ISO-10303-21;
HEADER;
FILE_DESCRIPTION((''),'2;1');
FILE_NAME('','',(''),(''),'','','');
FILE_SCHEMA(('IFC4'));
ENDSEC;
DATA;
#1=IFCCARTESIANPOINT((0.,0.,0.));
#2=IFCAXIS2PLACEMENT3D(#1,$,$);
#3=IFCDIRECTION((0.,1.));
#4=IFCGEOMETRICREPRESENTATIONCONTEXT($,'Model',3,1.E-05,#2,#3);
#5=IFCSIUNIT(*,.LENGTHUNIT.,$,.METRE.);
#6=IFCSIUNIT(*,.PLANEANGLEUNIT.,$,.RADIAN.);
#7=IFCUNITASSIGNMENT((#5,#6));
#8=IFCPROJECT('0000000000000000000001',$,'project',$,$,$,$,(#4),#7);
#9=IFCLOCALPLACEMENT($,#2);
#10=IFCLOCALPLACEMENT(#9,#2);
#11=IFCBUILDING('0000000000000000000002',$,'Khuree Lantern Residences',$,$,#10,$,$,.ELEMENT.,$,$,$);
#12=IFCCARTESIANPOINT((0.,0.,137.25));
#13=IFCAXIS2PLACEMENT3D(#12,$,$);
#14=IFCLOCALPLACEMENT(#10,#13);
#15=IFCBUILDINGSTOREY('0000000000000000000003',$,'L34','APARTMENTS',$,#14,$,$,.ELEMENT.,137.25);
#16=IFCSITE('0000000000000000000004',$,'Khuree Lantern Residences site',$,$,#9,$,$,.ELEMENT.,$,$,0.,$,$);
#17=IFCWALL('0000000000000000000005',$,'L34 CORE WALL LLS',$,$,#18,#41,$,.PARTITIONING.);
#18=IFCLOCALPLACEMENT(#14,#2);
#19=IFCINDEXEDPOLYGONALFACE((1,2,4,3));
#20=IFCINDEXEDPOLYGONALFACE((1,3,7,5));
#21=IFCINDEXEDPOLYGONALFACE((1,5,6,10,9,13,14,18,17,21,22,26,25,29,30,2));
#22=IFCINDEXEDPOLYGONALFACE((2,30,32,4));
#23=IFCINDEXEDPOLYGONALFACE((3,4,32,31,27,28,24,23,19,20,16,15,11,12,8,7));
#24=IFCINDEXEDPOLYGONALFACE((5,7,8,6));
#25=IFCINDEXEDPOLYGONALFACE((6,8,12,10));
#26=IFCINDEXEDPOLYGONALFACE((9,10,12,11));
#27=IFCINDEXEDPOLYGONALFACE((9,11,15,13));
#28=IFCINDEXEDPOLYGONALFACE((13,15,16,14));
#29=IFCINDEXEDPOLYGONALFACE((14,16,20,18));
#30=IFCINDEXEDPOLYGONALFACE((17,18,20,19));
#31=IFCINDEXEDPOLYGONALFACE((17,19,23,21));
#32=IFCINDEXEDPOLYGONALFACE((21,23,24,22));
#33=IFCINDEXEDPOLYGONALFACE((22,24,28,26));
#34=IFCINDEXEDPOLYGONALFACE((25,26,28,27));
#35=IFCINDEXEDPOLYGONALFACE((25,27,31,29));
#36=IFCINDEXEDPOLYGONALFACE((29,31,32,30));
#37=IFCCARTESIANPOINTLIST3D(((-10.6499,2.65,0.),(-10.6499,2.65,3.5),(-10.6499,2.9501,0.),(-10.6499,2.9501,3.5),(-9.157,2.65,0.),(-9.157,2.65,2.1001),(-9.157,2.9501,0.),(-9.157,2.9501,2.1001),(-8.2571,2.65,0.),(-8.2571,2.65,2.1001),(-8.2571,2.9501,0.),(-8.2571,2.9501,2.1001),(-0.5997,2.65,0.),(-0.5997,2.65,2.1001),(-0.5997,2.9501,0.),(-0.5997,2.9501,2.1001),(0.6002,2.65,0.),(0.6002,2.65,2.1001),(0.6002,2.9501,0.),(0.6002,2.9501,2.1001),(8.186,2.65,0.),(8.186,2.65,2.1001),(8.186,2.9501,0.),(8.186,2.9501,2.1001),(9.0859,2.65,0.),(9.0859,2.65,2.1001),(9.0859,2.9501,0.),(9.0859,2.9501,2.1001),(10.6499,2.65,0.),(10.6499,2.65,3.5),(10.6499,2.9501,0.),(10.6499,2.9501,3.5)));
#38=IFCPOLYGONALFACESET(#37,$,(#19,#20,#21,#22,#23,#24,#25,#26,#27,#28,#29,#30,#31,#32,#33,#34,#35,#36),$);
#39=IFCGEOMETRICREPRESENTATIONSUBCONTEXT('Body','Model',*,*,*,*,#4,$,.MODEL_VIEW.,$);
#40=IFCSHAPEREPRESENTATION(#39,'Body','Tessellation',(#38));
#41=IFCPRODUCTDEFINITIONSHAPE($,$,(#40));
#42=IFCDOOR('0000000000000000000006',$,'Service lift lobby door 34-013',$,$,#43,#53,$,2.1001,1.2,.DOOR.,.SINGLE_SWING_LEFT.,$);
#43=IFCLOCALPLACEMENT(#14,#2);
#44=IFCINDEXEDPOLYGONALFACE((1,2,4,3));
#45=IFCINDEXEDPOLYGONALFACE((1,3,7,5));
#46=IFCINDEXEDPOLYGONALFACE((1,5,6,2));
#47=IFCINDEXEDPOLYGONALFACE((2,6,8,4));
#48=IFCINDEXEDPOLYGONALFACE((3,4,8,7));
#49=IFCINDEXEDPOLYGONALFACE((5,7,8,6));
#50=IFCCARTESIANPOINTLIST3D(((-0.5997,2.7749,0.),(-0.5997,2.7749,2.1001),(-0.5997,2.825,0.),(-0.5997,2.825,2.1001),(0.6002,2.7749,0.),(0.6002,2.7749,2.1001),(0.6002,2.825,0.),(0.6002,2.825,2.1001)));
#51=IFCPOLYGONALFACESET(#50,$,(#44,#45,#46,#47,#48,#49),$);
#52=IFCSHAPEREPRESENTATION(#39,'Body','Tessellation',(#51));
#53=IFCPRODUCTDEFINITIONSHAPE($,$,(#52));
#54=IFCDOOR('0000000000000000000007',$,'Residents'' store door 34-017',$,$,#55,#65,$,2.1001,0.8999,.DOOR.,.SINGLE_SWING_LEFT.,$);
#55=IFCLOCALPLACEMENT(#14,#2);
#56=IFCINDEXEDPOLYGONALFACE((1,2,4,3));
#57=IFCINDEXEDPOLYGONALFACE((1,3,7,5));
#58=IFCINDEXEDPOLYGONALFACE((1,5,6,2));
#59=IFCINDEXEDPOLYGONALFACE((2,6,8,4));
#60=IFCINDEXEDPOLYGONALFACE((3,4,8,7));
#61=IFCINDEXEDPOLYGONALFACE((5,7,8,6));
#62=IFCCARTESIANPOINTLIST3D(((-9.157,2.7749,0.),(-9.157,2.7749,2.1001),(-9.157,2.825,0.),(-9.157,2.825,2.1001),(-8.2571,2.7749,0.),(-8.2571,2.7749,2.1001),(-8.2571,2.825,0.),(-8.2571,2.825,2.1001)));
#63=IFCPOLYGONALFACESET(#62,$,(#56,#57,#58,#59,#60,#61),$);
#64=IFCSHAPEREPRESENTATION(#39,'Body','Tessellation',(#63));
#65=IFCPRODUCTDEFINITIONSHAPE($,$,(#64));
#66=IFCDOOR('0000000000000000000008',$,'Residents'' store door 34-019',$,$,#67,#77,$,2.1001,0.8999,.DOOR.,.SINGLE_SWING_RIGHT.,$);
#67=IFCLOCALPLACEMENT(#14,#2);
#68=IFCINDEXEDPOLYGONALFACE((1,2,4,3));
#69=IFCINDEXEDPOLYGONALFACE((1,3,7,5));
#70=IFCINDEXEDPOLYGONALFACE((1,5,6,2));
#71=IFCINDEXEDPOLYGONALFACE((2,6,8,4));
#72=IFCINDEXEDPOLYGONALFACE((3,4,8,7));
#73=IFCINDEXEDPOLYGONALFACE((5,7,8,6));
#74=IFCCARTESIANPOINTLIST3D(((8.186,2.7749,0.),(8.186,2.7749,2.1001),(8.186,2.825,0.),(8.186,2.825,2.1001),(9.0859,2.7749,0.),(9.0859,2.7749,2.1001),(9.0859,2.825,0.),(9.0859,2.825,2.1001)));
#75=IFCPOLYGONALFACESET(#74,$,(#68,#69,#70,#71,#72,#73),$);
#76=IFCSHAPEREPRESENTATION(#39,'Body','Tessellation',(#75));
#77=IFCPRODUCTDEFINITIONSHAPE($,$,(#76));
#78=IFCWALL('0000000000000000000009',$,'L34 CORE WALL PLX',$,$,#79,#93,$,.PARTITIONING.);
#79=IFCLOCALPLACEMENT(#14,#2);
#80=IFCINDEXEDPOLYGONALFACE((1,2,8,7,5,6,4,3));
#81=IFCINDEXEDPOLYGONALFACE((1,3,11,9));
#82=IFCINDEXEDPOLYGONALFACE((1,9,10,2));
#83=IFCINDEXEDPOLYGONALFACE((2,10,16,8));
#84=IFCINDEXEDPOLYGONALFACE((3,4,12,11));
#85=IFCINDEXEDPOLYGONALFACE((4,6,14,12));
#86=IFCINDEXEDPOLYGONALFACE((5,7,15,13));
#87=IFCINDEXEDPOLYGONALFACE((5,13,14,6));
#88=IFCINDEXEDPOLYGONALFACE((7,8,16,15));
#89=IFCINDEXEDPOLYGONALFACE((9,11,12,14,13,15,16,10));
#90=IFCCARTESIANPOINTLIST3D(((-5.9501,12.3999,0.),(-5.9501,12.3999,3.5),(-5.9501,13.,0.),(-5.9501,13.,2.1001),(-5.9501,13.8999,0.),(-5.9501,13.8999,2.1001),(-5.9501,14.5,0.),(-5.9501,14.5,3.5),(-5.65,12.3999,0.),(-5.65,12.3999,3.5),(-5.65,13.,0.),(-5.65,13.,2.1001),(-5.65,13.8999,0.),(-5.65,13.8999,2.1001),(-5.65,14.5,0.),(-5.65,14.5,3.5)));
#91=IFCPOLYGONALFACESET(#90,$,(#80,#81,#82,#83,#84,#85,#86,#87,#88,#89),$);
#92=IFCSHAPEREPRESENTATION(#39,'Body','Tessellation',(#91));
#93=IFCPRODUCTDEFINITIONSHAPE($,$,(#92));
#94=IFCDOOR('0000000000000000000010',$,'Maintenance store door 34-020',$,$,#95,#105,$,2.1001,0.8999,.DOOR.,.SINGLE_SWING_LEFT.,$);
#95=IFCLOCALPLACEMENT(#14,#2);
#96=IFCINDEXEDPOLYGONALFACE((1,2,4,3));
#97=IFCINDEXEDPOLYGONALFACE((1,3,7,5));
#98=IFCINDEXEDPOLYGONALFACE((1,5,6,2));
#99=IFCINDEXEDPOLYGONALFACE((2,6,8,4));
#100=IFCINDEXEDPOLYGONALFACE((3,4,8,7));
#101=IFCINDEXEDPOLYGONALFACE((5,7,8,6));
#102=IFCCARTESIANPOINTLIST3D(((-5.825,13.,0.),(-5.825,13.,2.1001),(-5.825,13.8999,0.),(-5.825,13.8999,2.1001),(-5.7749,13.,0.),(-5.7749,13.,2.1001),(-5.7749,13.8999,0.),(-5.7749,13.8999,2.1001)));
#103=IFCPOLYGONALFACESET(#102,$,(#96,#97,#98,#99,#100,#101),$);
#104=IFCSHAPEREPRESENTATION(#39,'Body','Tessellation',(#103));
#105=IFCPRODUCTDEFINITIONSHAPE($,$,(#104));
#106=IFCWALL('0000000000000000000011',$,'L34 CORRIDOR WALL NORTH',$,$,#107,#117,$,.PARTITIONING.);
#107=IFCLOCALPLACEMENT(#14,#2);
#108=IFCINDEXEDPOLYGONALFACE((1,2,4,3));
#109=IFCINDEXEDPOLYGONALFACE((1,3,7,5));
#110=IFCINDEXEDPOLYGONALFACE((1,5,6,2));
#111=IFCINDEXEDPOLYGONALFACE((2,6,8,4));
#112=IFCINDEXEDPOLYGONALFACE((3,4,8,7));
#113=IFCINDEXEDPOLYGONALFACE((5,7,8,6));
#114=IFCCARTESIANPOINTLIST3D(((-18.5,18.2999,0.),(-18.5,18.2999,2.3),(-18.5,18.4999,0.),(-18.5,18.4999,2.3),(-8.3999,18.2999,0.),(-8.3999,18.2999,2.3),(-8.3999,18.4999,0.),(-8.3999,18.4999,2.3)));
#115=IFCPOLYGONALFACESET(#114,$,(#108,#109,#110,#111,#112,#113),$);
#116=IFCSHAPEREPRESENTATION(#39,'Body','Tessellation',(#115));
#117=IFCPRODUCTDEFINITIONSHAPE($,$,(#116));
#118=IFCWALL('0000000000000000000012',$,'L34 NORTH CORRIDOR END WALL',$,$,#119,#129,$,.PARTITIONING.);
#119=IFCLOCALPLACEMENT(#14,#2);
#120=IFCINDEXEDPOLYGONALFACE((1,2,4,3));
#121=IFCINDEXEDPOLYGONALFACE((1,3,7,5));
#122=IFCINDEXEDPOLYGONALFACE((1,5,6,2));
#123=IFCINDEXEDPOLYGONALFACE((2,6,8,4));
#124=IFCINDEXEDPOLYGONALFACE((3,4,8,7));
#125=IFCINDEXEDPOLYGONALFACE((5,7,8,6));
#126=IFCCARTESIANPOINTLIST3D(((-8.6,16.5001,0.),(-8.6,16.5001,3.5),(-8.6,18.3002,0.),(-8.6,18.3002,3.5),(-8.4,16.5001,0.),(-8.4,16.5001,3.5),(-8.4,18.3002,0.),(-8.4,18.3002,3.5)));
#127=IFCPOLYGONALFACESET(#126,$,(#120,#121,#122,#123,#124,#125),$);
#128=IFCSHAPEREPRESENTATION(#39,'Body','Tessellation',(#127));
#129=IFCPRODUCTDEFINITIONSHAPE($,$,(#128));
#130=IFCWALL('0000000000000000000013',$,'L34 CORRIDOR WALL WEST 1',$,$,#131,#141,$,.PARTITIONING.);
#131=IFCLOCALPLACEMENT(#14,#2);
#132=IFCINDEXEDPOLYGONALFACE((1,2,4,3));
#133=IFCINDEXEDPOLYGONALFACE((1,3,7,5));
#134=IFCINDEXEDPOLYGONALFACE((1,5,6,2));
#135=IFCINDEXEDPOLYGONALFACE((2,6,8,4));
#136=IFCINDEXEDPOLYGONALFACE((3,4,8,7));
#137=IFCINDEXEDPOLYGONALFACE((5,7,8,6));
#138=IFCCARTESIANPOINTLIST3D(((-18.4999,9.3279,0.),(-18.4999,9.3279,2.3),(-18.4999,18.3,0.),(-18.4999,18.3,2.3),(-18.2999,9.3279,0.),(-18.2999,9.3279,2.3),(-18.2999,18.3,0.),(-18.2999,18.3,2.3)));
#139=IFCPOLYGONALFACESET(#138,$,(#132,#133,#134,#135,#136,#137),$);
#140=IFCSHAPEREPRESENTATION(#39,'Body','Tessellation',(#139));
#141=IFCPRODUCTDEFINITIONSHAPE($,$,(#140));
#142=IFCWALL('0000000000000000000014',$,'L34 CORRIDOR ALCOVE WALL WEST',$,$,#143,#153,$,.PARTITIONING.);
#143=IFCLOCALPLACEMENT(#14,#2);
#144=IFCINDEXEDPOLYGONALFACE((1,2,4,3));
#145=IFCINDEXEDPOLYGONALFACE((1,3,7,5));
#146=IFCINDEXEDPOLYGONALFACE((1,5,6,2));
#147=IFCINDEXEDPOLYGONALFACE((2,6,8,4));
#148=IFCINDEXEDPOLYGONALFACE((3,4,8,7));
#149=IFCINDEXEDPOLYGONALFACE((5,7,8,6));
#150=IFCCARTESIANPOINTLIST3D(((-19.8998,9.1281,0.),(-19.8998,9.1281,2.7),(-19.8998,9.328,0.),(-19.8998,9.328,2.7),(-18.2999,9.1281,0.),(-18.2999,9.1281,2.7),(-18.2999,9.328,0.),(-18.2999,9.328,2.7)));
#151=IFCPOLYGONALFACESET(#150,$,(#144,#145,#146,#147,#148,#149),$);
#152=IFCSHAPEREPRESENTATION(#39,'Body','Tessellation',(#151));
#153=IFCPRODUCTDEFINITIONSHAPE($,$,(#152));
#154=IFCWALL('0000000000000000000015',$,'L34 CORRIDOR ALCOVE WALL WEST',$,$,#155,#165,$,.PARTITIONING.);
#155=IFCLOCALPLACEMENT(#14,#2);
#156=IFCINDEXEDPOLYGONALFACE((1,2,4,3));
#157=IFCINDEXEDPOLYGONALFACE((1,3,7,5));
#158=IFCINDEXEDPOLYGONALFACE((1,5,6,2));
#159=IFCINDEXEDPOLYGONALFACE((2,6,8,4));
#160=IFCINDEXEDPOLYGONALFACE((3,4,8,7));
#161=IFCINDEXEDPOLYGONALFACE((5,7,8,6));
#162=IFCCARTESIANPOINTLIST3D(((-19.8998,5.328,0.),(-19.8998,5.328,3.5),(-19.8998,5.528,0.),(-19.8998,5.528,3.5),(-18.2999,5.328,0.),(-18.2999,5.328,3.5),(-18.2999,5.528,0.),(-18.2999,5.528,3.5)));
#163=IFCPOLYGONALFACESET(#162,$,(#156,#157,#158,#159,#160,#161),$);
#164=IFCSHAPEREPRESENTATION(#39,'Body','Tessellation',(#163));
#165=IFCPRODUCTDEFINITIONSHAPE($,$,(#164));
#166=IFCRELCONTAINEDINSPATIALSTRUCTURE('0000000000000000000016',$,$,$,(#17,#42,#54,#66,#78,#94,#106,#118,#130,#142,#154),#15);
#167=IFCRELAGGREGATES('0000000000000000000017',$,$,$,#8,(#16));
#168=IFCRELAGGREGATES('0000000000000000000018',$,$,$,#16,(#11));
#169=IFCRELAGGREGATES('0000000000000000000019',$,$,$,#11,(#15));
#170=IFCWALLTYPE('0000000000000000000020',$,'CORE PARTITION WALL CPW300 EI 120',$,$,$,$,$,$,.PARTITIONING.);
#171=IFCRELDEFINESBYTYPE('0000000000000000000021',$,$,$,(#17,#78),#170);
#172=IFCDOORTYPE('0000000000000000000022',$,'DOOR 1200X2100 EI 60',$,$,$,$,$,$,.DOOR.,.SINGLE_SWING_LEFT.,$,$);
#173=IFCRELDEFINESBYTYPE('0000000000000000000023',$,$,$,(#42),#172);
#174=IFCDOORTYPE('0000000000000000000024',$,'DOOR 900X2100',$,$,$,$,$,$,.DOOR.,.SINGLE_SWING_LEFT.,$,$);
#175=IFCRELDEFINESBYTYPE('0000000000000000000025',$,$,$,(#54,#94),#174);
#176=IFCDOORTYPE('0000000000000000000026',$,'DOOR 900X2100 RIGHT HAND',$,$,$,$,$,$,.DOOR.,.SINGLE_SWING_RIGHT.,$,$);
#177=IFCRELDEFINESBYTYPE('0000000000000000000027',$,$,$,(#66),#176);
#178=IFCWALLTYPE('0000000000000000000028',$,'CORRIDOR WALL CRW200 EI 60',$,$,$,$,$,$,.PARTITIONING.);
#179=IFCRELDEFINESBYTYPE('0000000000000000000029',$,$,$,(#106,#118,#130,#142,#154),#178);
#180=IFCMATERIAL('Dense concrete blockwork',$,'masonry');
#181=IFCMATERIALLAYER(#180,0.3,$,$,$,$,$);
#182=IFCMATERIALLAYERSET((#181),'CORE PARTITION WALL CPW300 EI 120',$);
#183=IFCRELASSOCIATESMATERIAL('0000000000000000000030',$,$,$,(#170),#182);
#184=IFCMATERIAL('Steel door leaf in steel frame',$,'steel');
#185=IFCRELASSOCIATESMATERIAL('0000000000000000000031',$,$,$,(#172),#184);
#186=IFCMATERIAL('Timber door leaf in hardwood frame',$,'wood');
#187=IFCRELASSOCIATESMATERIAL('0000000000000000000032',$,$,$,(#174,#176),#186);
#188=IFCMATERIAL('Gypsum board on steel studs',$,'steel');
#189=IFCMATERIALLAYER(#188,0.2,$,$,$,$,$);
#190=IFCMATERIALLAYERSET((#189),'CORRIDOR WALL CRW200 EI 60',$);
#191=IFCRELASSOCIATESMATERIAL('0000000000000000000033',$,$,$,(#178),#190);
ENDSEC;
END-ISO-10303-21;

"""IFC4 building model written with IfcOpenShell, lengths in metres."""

from ifc_helpers import new_model, si_unit, direction, frame, frame_2d, origin, place, context, subcontext, project, spatial, rectangle, extrude, material, layer, layer_set, type_object, element, fill, save


model = new_model("IFC4")

# Units and contexts
model_context = context("Model", 3, precision=1e-05, world=origin(), true_north=direction((0.0, 1.0)))
body_context = subcontext(model_context, "Body", "Model", "MODEL_VIEW")
ifc_project = project(units=[si_unit("LENGTHUNIT", "METRE"), si_unit("PLANEANGLEUNIT", "RADIAN")], contexts=[model_context])

# Site, building, storey
site_placement = place(None, origin())
site = spatial("IfcSite", under=ifc_project, at=site_placement, Name="Khuree Lantern Residences site", CompositionType="ELEMENT", RefElevation=0.0)
building_placement = place(site_placement, origin())
building = spatial("IfcBuilding", under=site, at=building_placement, Name="Khuree Lantern Residences", CompositionType="ELEMENT")
storey_placement = place(building_placement, frame((0.0, 0.0, 137.25)))
storey = spatial("IfcBuildingStorey", under=building, at=storey_placement, Name="L34", Description="APARTMENTS", CompositionType="ELEMENT", Elevation=137.25)

# Shared definitions
ifc_material_1 = material(Name="Dense concrete blockwork", Category="masonry")
ifc_layer_1 = layer(ifc_material_1, 0.3)
ifc_layer_set_1 = layer_set([ifc_layer_1], Name="CORE PARTITION WALL CPW300 EI 120")
wall_type_1 = type_object("IfcWallType", Name="CORE PARTITION WALL CPW300 EI 120", PredefinedType="PARTITIONING", material=ifc_layer_set_1)

# Wall, openings, doors
wall_1_placement = place(storey_placement, frame((-10.6499, 2.8, 0.0), z_axis=(0.0, 0.0, 1.0), x_axis=(1.0, 0.0, 0.0)))
wall_1 = element("IfcWall", 1, at=wall_1_placement, inside=storey, type_object=wall_type_1, Name="L34 CORE WALL LLS", PredefinedType="PARTITIONING", context=body_context, shape_type="SweptSolid", body=[
    extrude(rectangle(XDim=21.2998, YDim=0.3, at=frame_2d((10.6499, 0.0))), origin(), (0.0, 0.0, 1.0), 3.5),
])
opening_1_placement = place(wall_1_placement, frame((10.05, 0.0, 0.0)))
opening_1 = element("IfcOpeningElement", 2, at=opening_1_placement, cuts=wall_1, PredefinedType="OPENING", context=body_context, shape_type="SweptSolid", body=[
    extrude(rectangle(XDim=1.2, YDim=2.1001, at=frame_2d((0.6001, 1.05))), frame((0.0, 0.1602, 0.0), z_axis=(0.0, -1.0, 0.0), x_axis=(1.0, 0.0, 0.0)), (0.0, 0.0, 1.0), 0.3201),
])
opening_2_placement = place(wall_1_placement, frame((1.4929, 0.0, 0.0)))
opening_2 = element("IfcOpeningElement", 3, at=opening_2_placement, cuts=wall_1, PredefinedType="OPENING", context=body_context, shape_type="SweptSolid", body=[
    extrude(rectangle(XDim=0.8999, YDim=2.1001, at=frame_2d((0.45, 1.05))), frame((0.0, 0.1602, 0.0), z_axis=(0.0, -1.0, 0.0), x_axis=(1.0, 0.0, 0.0)), (0.0, 0.0, 1.0), 0.3201),
])
opening_3_placement = place(wall_1_placement, frame((18.8359, 0.0, 0.0)))
opening_3 = element("IfcOpeningElement", 4, at=opening_3_placement, cuts=wall_1, PredefinedType="OPENING", context=body_context, shape_type="SweptSolid", body=[
    extrude(rectangle(XDim=0.8999, YDim=2.1001, at=frame_2d((0.45, 1.05))), frame((0.0, 0.1602, 0.0), z_axis=(0.0, -1.0, 0.0), x_axis=(1.0, 0.0, 0.0)), (0.0, 0.0, 1.0), 0.3201),
])
ifc_material_2 = material(Name="Steel door leaf in steel frame", Category="steel")
door_type_1 = type_object("IfcDoorType", Name="DOOR 1200X2100 EI 60", OperationType="SINGLE_SWING_LEFT", PredefinedType="DOOR", material=ifc_material_2)
door_1_placement = place(opening_1_placement, origin())
door_1 = element("IfcDoor", 5, at=door_1_placement, inside=storey, type_object=door_type_1, Name="Service lift lobby door 34-013", OperationType="SINGLE_SWING_LEFT", OverallHeight=2.1001, OverallWidth=1.2, PredefinedType="DOOR", context=body_context, shape_type="SweptSolid", body=[
    extrude(rectangle(XDim=1.2, YDim=2.1001, at=frame_2d((0.6001, 1.05))), frame((0.0, 0.0249, 0.0), z_axis=(0.0, -1.0, 0.0), x_axis=(1.0, 0.0, 0.0)), (0.0, 0.0, 1.0), 0.05),
])
fill(opening_1, door_1)
ifc_material_3 = material(Name="Timber door leaf in hardwood frame", Category="wood")
door_type_2 = type_object("IfcDoorType", Name="DOOR 900X2100", OperationType="SINGLE_SWING_LEFT", PredefinedType="DOOR", material=ifc_material_3)
door_2_placement = place(opening_2_placement, origin())
door_2 = element("IfcDoor", 6, at=door_2_placement, inside=storey, type_object=door_type_2, Name="Residents' store door 34-017", OperationType="SINGLE_SWING_LEFT", OverallHeight=2.1001, OverallWidth=0.8999, PredefinedType="DOOR", context=body_context, shape_type="SweptSolid", body=[
    extrude(rectangle(XDim=0.8999, YDim=2.1001, at=frame_2d((0.45, 1.05))), frame((0.0, 0.0249, 0.0), z_axis=(0.0, -1.0, 0.0), x_axis=(1.0, 0.0, 0.0)), (0.0, 0.0, 1.0), 0.05),
])
fill(opening_2, door_2)
door_type_3 = type_object("IfcDoorType", Name="DOOR 900X2100 RIGHT HAND", OperationType="SINGLE_SWING_RIGHT", PredefinedType="DOOR", material=ifc_material_3)
door_3_placement = place(opening_3_placement, origin())
door_3 = element("IfcDoor", 7, at=door_3_placement, inside=storey, type_object=door_type_3, Name="Residents' store door 34-019", OperationType="SINGLE_SWING_RIGHT", OverallHeight=2.1001, OverallWidth=0.8999, PredefinedType="DOOR", context=body_context, shape_type="SweptSolid", body=[
    extrude(rectangle(XDim=0.8999, YDim=2.1001, at=frame_2d((0.45, 1.05))), frame((0.0, 0.0249, 0.0), z_axis=(0.0, -1.0, 0.0), x_axis=(1.0, 0.0, 0.0)), (0.0, 0.0, 1.0), 0.05),
])
fill(opening_3, door_3)

# Wall, opening, door
wall_2_placement = place(storey_placement, frame((-5.8, 12.3999, 0.0), z_axis=(0.0, 0.0, 1.0), x_axis=(0.0, 1.0, 0.0)))
wall_2 = element("IfcWall", 8, at=wall_2_placement, inside=storey, type_object=wall_type_1, Name="L34 CORE WALL PLX", PredefinedType="PARTITIONING", context=body_context, shape_type="SweptSolid", body=[
    extrude(rectangle(XDim=2.1001, YDim=0.3, at=frame_2d((1.05, 0.0))), origin(), (0.0, 0.0, 1.0), 3.5),
])
opening_4_placement = place(wall_2_placement, frame((0.6001, 0.0, 0.0)))
opening_4 = element("IfcOpeningElement", 9, at=opening_4_placement, cuts=wall_2, PredefinedType="OPENING", context=body_context, shape_type="SweptSolid", body=[
    extrude(rectangle(XDim=0.8999, YDim=2.1001, at=frame_2d((0.45, 1.05))), frame((0.0, 0.1602, 0.0), z_axis=(0.0, -1.0, 0.0), x_axis=(1.0, 0.0, 0.0)), (0.0, 0.0, 1.0), 0.3201),
])
door_4_placement = place(opening_4_placement, origin())
door_4 = element("IfcDoor", 10, at=door_4_placement, inside=storey, type_object=door_type_2, Name="Maintenance store door 34-020", OperationType="SINGLE_SWING_LEFT", OverallHeight=2.1001, OverallWidth=0.8999, PredefinedType="DOOR", context=body_context, shape_type="SweptSolid", body=[
    extrude(rectangle(XDim=0.8999, YDim=2.1001, at=frame_2d((0.45, 1.05))), frame((0.0, 0.0249, 0.0), z_axis=(0.0, -1.0, 0.0), x_axis=(1.0, 0.0, 0.0)), (0.0, 0.0, 1.0), 0.05),
])
fill(opening_4, door_4)

# Walls
ifc_material_4 = material(Name="Gypsum board on steel studs", Category="steel")
ifc_layer_2 = layer(ifc_material_4, 0.2)
ifc_layer_set_2 = layer_set([ifc_layer_2], Name="CORRIDOR WALL CRW200 EI 60")
wall_type_2 = type_object("IfcWallType", Name="CORRIDOR WALL CRW200 EI 60", PredefinedType="PARTITIONING", material=ifc_layer_set_2)
wall_3_placement = place(storey_placement, frame((-18.5, 18.3999, 0.0), z_axis=(0.0, 0.0, 1.0), x_axis=(1.0, 0.0, 0.0)))
element("IfcWall", 11, at=wall_3_placement, inside=storey, type_object=wall_type_2, Name="L34 CORRIDOR WALL NORTH", PredefinedType="PARTITIONING", context=body_context, shape_type="SweptSolid", body=[
    extrude(rectangle(XDim=10.1001, YDim=0.2, at=frame_2d((5.05, 0.0))), origin(), (0.0, 0.0, 1.0), 2.3),
])
wall_4_placement = place(storey_placement, frame((-8.5, 18.3, 0.0), z_axis=(0.0, 0.0, 1.0), x_axis=(0.0, -1.0, 0.0)))
element("IfcWall", 12, at=wall_4_placement, inside=storey, type_object=wall_type_2, Name="L34 NORTH CORRIDOR END WALL", PredefinedType="PARTITIONING", context=body_context, shape_type="SweptSolid", body=[
    extrude(rectangle(XDim=1.8, YDim=0.2, at=frame_2d((0.8999, 0.0))), origin(), (0.0, 0.0, 1.0), 3.5),
])
wall_5_placement = place(storey_placement, frame((-18.3999, 18.3, 0.0), z_axis=(0.0, 0.0, 1.0), x_axis=(0.0, -1.0, 0.0)))
element("IfcWall", 13, at=wall_5_placement, inside=storey, type_object=wall_type_2, Name="L34 CORRIDOR WALL WEST 1", PredefinedType="PARTITIONING", context=body_context, shape_type="SweptSolid", body=[
    extrude(rectangle(XDim=8.9722, YDim=0.2, at=frame_2d((4.4861, 0.0))), origin(), (0.0, 0.0, 1.0), 2.3),
])
wall_6_placement = place(storey_placement, frame((-18.3, 9.228, 0.0), z_axis=(0.0, 0.0, 1.0), x_axis=(-1.0, 0.0, 0.0)))
element("IfcWall", 14, at=wall_6_placement, inside=storey, type_object=wall_type_2, Name="L34 CORRIDOR ALCOVE WALL WEST", PredefinedType="PARTITIONING", context=body_context, shape_type="SweptSolid", body=[
    extrude(rectangle(XDim=1.5999, YDim=0.2, at=frame_2d((0.7998, 0.0))), origin(), (0.0, 0.0, 1.0), 2.7),
])
wall_7_placement = place(storey_placement, frame((-18.3, 5.428, 0.0), z_axis=(0.0, 0.0, 1.0), x_axis=(-1.0, 0.0, 0.0)))
element("IfcWall", 15, at=wall_7_placement, inside=storey, type_object=wall_type_2, Name="L34 CORRIDOR ALCOVE WALL WEST", PredefinedType="PARTITIONING", context=body_context, shape_type="SweptSolid", body=[
    extrude(rectangle(XDim=1.5999, YDim=0.2, at=frame_2d((0.7998, 0.0))), origin(), (0.0, 0.0, 1.0), 3.5),
])

save(model, "model.ifc")
